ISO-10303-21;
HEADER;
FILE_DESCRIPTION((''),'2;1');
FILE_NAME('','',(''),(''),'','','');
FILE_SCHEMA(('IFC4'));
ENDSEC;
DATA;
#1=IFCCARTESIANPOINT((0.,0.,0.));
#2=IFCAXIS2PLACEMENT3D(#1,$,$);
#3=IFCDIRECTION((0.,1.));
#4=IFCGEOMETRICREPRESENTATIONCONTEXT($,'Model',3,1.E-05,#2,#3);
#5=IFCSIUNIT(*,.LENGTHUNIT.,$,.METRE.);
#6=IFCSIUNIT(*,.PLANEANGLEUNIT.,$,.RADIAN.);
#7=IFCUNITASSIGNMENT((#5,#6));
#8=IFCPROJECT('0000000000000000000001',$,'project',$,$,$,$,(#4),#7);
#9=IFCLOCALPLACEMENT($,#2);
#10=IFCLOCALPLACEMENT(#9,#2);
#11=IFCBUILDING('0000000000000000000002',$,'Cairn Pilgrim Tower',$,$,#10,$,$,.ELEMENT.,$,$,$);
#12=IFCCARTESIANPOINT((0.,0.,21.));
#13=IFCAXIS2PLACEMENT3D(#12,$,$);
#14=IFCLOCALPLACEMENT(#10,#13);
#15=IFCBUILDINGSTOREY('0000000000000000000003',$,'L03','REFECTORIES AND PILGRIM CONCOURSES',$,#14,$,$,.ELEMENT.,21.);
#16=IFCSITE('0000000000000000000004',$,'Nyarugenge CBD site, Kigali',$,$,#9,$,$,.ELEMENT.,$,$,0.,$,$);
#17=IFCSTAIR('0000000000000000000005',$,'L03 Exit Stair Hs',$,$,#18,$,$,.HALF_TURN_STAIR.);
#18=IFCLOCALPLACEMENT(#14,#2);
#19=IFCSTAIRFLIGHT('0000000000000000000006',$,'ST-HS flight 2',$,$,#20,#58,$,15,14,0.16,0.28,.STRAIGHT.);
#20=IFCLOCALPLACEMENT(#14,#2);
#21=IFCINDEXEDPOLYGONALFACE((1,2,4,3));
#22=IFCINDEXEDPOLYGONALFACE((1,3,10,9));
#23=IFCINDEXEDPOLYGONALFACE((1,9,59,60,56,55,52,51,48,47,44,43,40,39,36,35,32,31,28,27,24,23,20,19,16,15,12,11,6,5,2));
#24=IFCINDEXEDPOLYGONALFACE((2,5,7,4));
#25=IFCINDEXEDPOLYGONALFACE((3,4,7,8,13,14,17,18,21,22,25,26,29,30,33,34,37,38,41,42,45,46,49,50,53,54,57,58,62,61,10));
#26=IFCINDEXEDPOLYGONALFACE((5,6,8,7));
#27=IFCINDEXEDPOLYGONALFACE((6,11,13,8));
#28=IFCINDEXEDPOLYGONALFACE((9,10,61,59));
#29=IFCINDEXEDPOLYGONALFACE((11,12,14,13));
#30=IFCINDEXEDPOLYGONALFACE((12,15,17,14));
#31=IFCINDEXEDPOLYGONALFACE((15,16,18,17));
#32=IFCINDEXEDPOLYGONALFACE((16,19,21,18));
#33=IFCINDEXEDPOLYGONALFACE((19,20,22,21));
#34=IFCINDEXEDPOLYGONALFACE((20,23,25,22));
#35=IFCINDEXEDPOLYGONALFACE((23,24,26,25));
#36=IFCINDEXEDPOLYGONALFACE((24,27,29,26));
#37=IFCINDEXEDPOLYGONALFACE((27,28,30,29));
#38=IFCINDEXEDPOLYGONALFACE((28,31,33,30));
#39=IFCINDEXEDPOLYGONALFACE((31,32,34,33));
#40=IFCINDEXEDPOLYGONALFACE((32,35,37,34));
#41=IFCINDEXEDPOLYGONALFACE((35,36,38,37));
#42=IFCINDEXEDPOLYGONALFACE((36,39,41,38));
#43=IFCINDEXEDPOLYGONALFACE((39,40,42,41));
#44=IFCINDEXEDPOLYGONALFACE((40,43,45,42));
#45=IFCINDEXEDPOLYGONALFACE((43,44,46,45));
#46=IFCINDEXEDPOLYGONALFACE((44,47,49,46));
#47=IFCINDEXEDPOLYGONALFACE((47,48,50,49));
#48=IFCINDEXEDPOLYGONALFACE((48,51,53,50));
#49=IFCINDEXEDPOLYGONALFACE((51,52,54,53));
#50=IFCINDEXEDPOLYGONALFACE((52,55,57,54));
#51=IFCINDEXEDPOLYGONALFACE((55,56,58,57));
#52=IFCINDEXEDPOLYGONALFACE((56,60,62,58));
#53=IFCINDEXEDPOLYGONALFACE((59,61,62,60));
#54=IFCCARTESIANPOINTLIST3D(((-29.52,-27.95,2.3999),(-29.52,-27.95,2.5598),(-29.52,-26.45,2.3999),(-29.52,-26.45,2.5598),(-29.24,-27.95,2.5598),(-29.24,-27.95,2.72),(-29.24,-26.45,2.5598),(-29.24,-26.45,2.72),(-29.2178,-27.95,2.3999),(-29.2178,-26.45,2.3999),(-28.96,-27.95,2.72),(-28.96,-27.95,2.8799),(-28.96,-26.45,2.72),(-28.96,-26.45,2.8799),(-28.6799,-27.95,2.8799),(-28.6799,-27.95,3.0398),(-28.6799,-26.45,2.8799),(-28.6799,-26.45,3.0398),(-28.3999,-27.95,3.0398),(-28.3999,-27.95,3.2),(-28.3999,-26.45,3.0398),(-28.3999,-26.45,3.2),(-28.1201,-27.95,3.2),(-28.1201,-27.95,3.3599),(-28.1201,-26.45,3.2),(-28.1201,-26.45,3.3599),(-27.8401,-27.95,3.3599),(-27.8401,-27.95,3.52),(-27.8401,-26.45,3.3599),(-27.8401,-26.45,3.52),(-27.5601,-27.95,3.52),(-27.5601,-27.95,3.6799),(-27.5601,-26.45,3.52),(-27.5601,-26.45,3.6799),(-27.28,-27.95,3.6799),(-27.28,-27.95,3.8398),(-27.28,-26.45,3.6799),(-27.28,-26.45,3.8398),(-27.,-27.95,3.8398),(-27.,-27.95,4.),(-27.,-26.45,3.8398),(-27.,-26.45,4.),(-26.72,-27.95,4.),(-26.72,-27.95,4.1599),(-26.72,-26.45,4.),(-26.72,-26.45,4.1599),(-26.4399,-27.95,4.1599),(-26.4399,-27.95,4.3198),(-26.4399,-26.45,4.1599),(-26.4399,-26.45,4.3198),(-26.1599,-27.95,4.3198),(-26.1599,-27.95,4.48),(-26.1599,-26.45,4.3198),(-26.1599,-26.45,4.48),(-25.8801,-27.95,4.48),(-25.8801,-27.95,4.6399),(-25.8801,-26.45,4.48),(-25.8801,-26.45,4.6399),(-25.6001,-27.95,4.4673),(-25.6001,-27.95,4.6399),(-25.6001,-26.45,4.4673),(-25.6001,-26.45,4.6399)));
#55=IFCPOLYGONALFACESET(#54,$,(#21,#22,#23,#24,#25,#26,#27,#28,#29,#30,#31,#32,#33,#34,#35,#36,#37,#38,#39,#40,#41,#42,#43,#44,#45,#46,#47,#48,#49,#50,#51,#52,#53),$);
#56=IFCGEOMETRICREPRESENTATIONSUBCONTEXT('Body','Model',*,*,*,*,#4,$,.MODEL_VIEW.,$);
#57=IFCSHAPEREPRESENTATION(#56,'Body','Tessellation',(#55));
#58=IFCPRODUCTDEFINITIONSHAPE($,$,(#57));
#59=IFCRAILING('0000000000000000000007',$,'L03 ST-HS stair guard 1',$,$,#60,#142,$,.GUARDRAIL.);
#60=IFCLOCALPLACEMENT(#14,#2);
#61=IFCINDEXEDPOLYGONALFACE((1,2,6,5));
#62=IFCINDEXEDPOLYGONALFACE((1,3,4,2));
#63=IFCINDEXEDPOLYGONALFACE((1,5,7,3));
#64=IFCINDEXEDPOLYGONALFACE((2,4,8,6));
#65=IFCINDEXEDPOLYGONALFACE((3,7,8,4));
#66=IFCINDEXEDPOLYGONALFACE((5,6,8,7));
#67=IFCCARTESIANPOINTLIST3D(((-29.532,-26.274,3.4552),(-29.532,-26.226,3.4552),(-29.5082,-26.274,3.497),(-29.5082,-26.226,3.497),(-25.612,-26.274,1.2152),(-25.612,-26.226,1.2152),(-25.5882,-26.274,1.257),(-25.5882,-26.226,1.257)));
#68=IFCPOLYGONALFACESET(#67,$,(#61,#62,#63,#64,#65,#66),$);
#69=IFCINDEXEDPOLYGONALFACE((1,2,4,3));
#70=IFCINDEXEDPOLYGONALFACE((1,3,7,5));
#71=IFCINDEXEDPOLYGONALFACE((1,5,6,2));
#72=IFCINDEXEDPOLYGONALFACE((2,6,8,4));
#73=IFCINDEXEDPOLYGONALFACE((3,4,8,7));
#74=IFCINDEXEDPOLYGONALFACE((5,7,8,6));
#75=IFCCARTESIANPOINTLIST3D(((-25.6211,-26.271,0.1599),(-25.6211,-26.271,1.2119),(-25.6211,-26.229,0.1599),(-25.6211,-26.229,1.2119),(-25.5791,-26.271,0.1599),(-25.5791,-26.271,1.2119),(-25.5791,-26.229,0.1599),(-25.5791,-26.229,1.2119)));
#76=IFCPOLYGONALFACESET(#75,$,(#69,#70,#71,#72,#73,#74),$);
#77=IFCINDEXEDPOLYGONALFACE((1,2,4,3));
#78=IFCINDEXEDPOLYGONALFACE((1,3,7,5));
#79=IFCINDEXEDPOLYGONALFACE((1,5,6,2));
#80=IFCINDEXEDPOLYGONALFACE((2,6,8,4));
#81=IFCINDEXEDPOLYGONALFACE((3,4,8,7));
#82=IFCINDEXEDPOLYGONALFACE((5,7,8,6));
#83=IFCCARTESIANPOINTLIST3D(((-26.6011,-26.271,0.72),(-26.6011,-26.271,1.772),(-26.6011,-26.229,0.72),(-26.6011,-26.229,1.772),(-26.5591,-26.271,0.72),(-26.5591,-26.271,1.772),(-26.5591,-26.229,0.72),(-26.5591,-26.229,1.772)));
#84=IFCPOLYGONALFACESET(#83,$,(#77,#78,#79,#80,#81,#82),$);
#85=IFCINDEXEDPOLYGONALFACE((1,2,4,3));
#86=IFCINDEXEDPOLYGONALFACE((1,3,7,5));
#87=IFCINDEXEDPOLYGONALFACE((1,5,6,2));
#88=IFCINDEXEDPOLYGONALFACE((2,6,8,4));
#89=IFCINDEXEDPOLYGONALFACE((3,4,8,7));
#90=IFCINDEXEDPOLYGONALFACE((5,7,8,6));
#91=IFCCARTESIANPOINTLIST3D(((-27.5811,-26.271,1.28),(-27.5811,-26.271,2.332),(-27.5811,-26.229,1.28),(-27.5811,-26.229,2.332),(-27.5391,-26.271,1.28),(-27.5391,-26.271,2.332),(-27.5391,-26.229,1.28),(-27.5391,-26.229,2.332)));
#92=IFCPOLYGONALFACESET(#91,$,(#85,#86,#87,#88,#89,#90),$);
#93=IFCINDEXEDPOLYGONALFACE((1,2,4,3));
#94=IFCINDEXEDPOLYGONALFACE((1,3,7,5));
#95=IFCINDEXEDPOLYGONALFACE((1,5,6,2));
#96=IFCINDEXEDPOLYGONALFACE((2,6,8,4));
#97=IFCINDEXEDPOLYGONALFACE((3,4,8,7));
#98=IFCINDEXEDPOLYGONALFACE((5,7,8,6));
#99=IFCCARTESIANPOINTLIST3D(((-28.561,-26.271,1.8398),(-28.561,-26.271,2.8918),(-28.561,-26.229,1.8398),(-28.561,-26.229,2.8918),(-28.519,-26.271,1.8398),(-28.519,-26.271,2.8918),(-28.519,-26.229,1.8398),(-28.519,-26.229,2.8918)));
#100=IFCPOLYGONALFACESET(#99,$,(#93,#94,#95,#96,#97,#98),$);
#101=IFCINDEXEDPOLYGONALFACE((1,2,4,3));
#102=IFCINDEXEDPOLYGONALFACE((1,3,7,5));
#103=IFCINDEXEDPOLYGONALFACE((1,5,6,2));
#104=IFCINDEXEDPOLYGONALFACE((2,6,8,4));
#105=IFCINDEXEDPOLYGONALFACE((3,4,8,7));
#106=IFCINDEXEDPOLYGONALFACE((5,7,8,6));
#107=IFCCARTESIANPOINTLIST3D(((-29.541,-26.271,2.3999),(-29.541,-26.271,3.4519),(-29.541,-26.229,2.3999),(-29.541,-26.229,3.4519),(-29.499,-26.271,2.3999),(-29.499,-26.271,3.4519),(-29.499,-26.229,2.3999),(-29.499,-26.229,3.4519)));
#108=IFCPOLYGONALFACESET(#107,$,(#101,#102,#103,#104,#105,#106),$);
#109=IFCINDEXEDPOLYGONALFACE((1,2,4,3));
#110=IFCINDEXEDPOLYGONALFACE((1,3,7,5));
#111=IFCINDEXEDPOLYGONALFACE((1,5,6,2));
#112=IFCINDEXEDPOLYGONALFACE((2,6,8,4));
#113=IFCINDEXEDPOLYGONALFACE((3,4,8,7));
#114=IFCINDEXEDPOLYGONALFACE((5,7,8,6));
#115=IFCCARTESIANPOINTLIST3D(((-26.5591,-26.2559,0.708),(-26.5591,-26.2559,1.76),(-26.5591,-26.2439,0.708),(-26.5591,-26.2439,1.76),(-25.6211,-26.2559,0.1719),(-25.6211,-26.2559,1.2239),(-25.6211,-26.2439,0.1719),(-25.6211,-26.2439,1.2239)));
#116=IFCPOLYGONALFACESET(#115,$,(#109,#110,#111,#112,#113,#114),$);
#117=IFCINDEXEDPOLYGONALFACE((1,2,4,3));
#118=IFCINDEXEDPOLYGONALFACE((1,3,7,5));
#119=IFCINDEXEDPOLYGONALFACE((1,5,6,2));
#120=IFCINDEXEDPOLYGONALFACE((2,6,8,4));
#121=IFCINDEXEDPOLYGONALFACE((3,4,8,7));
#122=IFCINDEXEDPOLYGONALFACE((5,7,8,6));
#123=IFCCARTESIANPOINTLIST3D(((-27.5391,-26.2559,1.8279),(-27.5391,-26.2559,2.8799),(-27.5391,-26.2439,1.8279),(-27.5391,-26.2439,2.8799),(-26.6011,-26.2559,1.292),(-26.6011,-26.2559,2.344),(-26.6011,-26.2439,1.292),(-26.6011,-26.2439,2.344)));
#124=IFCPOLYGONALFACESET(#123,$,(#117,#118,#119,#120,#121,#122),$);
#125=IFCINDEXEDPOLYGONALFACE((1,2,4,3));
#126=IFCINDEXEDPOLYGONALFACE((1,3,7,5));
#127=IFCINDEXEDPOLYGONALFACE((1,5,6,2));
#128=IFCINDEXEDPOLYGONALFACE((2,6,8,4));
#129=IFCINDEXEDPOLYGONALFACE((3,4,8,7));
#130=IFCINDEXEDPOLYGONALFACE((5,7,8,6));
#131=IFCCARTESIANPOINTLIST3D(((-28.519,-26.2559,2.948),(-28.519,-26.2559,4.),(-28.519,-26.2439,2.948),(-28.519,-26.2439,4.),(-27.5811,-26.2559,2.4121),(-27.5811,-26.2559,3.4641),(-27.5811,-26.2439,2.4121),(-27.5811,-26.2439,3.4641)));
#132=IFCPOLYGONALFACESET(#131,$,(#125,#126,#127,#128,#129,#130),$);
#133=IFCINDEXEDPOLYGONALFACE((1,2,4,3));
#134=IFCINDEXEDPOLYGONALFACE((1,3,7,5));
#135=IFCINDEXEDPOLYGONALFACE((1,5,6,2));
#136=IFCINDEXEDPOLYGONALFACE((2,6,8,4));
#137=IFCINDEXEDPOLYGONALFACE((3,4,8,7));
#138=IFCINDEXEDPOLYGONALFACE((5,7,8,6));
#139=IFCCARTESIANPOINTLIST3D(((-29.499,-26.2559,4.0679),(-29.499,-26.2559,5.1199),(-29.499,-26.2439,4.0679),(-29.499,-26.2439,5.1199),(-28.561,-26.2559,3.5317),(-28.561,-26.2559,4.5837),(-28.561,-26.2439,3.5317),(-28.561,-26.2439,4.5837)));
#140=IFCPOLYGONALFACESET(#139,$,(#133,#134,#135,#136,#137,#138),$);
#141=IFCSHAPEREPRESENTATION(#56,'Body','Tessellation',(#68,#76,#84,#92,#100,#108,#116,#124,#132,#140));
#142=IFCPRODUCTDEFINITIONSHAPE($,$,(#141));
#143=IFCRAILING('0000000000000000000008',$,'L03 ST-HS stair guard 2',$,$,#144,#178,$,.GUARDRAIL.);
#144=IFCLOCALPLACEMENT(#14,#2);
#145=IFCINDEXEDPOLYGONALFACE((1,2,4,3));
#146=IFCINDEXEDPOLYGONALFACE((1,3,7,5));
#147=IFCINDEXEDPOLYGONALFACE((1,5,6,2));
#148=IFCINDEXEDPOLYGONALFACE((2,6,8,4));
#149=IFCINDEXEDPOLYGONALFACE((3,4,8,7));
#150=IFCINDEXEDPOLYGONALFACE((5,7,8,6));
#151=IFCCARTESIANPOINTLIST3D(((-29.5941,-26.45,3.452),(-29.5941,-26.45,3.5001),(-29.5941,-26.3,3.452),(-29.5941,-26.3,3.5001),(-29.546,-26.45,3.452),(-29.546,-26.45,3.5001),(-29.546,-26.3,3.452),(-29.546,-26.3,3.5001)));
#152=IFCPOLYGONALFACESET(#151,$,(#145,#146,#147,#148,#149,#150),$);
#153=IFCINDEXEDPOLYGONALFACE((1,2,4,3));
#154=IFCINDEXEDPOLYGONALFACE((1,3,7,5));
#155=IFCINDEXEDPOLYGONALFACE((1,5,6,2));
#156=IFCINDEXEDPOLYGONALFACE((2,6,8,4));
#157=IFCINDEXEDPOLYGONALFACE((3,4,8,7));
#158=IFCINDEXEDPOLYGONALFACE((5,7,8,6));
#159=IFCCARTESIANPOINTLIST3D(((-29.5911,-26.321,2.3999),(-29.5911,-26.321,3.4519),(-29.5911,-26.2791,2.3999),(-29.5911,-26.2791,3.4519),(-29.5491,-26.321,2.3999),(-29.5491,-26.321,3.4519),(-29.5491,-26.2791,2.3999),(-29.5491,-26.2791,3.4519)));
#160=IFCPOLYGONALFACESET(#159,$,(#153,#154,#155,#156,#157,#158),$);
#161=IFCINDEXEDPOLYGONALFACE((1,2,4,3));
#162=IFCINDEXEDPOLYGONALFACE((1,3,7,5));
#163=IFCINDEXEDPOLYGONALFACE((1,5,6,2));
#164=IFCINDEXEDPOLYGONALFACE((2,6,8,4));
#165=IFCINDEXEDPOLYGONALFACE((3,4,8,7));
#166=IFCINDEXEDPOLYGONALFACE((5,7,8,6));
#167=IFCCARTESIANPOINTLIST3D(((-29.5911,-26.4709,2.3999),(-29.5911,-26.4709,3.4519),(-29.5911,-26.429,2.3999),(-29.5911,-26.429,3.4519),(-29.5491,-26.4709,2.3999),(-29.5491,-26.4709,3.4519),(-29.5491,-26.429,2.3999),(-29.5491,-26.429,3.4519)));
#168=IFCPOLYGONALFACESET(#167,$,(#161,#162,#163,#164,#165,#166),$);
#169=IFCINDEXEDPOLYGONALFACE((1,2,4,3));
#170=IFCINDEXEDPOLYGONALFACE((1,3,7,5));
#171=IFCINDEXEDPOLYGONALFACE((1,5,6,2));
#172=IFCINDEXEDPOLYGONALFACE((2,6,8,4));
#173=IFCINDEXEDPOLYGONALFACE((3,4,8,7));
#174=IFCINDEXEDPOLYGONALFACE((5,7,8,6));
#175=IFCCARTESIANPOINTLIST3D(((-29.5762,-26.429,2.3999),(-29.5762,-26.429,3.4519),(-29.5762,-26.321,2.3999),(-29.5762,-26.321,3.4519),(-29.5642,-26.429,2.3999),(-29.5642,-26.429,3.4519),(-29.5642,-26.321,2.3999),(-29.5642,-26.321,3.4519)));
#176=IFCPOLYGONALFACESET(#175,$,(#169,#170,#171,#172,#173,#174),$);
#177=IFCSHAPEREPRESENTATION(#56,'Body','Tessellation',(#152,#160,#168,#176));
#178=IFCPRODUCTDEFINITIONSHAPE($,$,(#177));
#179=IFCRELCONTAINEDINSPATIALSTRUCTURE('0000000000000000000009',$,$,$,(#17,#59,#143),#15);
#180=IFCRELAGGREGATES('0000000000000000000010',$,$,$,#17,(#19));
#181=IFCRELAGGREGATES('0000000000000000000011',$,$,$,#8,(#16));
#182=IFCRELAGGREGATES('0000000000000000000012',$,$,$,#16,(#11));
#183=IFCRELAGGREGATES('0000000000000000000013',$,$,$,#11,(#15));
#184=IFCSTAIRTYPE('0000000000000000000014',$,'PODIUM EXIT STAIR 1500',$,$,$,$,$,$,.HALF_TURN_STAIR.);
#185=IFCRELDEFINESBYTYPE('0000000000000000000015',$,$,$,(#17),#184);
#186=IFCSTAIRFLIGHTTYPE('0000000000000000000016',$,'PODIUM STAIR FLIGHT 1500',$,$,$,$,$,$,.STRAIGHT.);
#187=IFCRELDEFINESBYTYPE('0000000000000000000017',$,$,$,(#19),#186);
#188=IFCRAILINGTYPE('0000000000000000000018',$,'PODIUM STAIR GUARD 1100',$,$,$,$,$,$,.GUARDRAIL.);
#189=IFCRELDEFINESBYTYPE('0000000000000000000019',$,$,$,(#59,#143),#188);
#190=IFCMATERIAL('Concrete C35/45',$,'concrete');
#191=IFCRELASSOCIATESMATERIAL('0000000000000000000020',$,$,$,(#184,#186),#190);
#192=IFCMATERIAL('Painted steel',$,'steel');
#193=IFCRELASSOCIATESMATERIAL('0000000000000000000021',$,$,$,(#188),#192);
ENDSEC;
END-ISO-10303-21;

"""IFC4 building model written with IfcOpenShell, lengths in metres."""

from ifc_helpers import new_model, si_unit, direction, frame, origin, origin_2d, place, context, subcontext, project, spatial, polyline, rectangle, outline, extrude, material, type_object, element, aggregate, save


model = new_model("IFC4")

# Units and contexts
model_context = context("Model", 3, precision=1e-05, world=origin(), true_north=direction((0.0, 1.0)))
body_context = subcontext(model_context, "Body", "Model", "MODEL_VIEW")
ifc_project = project(units=[si_unit("LENGTHUNIT", "METRE"), si_unit("PLANEANGLEUNIT", "RADIAN")], contexts=[model_context])

# Site, building, storey
site_placement = place(None, origin())
site = spatial("IfcSite", under=ifc_project, at=site_placement, Name="Nyarugenge CBD site, Kigali", CompositionType="ELEMENT", RefElevation=0.0)
building_placement = place(site_placement, origin())
building = spatial("IfcBuilding", under=site, at=building_placement, Name="Cairn Pilgrim Tower", CompositionType="ELEMENT")
storey_placement = place(building_placement, frame((0.0, 0.0, 21.0)))
storey = spatial("IfcBuildingStorey", under=building, at=storey_placement, Name="L03", Description="REFECTORIES AND PILGRIM CONCOURSES", CompositionType="ELEMENT", Elevation=21.0)

# Shared definitions
ifc_material_1 = material(Name="Concrete C35/45", Category="concrete")

# Stair, stair flight
stair_type = type_object("IfcStairType", Name="PODIUM EXIT STAIR 1500", PredefinedType="HALF_TURN_STAIR", material=ifc_material_1)
stair_placement = place(storey_placement, origin())
stair = element("IfcStair", 1, at=stair_placement, inside=storey, type_object=stair_type, Name="L03 Exit Stair Hs", PredefinedType="HALF_TURN_STAIR")
stair_flight_type = type_object("IfcStairFlightType", Name="PODIUM STAIR FLIGHT 1500", PredefinedType="STRAIGHT", material=ifc_material_1)
stair_flight_1_placement = place(storey_placement, frame((-29.52, -27.2, 2.3999), z_axis=(0.0, 0.0, 1.0), x_axis=(1.0, 0.0, 0.0)))
stair_flight_1 = element("IfcStairFlight", 2, at=stair_flight_1_placement, type_object=stair_flight_type, Name="ST-HS flight 2", NumberOfRisers=15, NumberOfTreads=14, PredefinedType="STRAIGHT", RiserHeight=0.16, TreadLength=0.28, context=body_context, shape_type="SweptSolid", body=[
    extrude(outline(polyline([(0.0, 0.0), (0.0, 0.1599), (0.28, 0.1599), (0.28, 0.3201), (0.5601, 0.3201), (0.5601, 0.48), (0.8401, 0.48), (0.8401, 0.6399), (1.1201, 0.6399), (1.1201, 0.8), (1.3999, 0.8), (1.3999, 0.96), (1.6799, 0.96), (1.6799, 1.1201), (1.96, 1.1201), (1.96, 1.28), (2.24, 1.28), (2.24, 1.4399), (2.52, 1.4399), (2.52, 1.6001), (2.8, 1.6001), (2.8, 1.76), (3.0801, 1.76), (3.0801, 1.9199), (3.3601, 1.9199), (3.3601, 2.0801), (3.6399, 2.0801), (3.6399, 2.24), (3.9199, 2.24), (3.9199, 2.3999), (3.9199, 2.0674), (0.3022, 0.0), (0.0, 0.0)])), frame((0.0, 0.75, 0.0), z_axis=(0.0, -1.0, 0.0), x_axis=(1.0, 0.0, 0.0)), (0.0, 0.0, 1.0), 1.5),
])
aggregate(stair, [stair_flight_1])

# Railings
ifc_material_2 = material(Name="Painted steel", Category="steel")
railing_type_1 = type_object("IfcRailingType", Name="PODIUM STAIR GUARD 1100", PredefinedType="GUARDRAIL", material=ifc_material_2)
railing_1_placement = place(storey_placement, frame((-25.6001, -26.25, 0.1599)))
element("IfcRailing", 3, at=railing_1_placement, inside=storey, type_object=railing_type_1, Name="L03 ST-HS stair guard 1", PredefinedType="GUARDRAIL", context=body_context, shape_type="SweptSolid", body=[
    extrude(rectangle(XDim=0.0481, YDim=0.0481, at=origin_2d()), frame((0.0, 0.0, 1.0762), z_axis=(-0.86824, 0.0, 0.496145), x_axis=(0.0, -1.0, 0.0)), (0.0, 0.0, 1.0), 4.5149),
    extrude(rectangle(XDim=0.042, YDim=0.042, at=origin_2d()), origin(), (0.0, 0.0, 1.0), 1.052),
    extrude(rectangle(XDim=0.042, YDim=0.042, at=origin_2d()), frame((-0.98, 0.0, 0.5601)), (0.0, 0.0, 1.0), 1.052),
    extrude(rectangle(XDim=0.042, YDim=0.042, at=origin_2d()), frame((-1.96, 0.0, 1.1201)), (0.0, 0.0, 1.0), 1.052),
    extrude(rectangle(XDim=0.042, YDim=0.042, at=origin_2d()), frame((-2.9399, 0.0, 1.6799)), (0.0, 0.0, 1.0), 1.052),
    extrude(rectangle(XDim=0.042, YDim=0.042, at=origin_2d()), frame((-3.9199, 0.0, 2.24)), (0.0, 0.0, 1.0), 1.052),
    extrude(outline(polyline([(0.021, 0.012), (0.959, 0.5481), (0.959, 1.6001), (0.021, 1.064), (0.021, 0.012)])), frame((0.0, -0.0059, 0.0), z_axis=(0.0, 1.0, 0.0), x_axis=(-1.0, 0.0, 0.0)), (0.0, 0.0, 1.0), 0.012),
    extrude(outline(polyline([(0.021, 0.572), (0.959, 1.1079), (0.959, 2.1599), (0.021, 1.624), (0.021, 0.572)])), frame((-0.98, -0.0059, 0.5601), z_axis=(0.0, 1.0, 0.0), x_axis=(-1.0, 0.0, 0.0)), (0.0, 0.0, 1.0), 0.012),
    extrude(outline(polyline([(0.021, 1.1321), (0.959, 1.668), (0.959, 2.72), (0.021, 2.1841), (0.021, 1.1321)])), frame((-1.96, -0.0059, 1.1201), z_axis=(0.0, 1.0, 0.0), x_axis=(-1.0, 0.0, 0.0)), (0.0, 0.0, 1.0), 0.012),
    extrude(outline(polyline([(0.021, 1.6919), (0.959, 2.228), (0.959, 3.28), (0.021, 2.7439), (0.021, 1.6919)])), frame((-2.9399, -0.0059, 1.6799), z_axis=(0.0, 1.0, 0.0), x_axis=(-1.0, 0.0, 0.0)), (0.0, 0.0, 1.0), 0.012),
])
railing_2_placement = place(storey_placement, frame((-29.5701, -26.3, 2.3999)))
element("IfcRailing", 4, at=railing_2_placement, inside=storey, type_object=railing_type_1, Name="L03 ST-HS stair guard 2", PredefinedType="GUARDRAIL", context=body_context, shape_type="SweptSolid", body=[
    extrude(rectangle(XDim=0.0481, YDim=0.0481, at=origin_2d()), frame((0.0, 0.0, 1.0762), z_axis=(0.0, -1.0, 0.0), x_axis=(1.0, 0.0, 0.0)), (0.0, 0.0, 1.0), 0.1499),
    extrude(rectangle(XDim=0.042, YDim=0.042, at=origin_2d()), origin(), (0.0, 0.0, 1.0), 1.052),
    extrude(rectangle(XDim=0.042, YDim=0.042, at=origin_2d()), frame((0.0, -0.1499, 0.0)), (0.0, 0.0, 1.0), 1.052),
    extrude(outline(polyline([(0.021, 0.0), (0.1289, 0.0), (0.1289, 1.052), (0.021, 1.052), (0.021, 0.0)])), frame((0.0059, 0.0, 0.0), z_axis=(-1.0, 0.0, 0.0), x_axis=(0.0, -1.0, 0.0)), (0.0, 0.0, 1.0), 0.012),
])

save(model, "model.ifc")
